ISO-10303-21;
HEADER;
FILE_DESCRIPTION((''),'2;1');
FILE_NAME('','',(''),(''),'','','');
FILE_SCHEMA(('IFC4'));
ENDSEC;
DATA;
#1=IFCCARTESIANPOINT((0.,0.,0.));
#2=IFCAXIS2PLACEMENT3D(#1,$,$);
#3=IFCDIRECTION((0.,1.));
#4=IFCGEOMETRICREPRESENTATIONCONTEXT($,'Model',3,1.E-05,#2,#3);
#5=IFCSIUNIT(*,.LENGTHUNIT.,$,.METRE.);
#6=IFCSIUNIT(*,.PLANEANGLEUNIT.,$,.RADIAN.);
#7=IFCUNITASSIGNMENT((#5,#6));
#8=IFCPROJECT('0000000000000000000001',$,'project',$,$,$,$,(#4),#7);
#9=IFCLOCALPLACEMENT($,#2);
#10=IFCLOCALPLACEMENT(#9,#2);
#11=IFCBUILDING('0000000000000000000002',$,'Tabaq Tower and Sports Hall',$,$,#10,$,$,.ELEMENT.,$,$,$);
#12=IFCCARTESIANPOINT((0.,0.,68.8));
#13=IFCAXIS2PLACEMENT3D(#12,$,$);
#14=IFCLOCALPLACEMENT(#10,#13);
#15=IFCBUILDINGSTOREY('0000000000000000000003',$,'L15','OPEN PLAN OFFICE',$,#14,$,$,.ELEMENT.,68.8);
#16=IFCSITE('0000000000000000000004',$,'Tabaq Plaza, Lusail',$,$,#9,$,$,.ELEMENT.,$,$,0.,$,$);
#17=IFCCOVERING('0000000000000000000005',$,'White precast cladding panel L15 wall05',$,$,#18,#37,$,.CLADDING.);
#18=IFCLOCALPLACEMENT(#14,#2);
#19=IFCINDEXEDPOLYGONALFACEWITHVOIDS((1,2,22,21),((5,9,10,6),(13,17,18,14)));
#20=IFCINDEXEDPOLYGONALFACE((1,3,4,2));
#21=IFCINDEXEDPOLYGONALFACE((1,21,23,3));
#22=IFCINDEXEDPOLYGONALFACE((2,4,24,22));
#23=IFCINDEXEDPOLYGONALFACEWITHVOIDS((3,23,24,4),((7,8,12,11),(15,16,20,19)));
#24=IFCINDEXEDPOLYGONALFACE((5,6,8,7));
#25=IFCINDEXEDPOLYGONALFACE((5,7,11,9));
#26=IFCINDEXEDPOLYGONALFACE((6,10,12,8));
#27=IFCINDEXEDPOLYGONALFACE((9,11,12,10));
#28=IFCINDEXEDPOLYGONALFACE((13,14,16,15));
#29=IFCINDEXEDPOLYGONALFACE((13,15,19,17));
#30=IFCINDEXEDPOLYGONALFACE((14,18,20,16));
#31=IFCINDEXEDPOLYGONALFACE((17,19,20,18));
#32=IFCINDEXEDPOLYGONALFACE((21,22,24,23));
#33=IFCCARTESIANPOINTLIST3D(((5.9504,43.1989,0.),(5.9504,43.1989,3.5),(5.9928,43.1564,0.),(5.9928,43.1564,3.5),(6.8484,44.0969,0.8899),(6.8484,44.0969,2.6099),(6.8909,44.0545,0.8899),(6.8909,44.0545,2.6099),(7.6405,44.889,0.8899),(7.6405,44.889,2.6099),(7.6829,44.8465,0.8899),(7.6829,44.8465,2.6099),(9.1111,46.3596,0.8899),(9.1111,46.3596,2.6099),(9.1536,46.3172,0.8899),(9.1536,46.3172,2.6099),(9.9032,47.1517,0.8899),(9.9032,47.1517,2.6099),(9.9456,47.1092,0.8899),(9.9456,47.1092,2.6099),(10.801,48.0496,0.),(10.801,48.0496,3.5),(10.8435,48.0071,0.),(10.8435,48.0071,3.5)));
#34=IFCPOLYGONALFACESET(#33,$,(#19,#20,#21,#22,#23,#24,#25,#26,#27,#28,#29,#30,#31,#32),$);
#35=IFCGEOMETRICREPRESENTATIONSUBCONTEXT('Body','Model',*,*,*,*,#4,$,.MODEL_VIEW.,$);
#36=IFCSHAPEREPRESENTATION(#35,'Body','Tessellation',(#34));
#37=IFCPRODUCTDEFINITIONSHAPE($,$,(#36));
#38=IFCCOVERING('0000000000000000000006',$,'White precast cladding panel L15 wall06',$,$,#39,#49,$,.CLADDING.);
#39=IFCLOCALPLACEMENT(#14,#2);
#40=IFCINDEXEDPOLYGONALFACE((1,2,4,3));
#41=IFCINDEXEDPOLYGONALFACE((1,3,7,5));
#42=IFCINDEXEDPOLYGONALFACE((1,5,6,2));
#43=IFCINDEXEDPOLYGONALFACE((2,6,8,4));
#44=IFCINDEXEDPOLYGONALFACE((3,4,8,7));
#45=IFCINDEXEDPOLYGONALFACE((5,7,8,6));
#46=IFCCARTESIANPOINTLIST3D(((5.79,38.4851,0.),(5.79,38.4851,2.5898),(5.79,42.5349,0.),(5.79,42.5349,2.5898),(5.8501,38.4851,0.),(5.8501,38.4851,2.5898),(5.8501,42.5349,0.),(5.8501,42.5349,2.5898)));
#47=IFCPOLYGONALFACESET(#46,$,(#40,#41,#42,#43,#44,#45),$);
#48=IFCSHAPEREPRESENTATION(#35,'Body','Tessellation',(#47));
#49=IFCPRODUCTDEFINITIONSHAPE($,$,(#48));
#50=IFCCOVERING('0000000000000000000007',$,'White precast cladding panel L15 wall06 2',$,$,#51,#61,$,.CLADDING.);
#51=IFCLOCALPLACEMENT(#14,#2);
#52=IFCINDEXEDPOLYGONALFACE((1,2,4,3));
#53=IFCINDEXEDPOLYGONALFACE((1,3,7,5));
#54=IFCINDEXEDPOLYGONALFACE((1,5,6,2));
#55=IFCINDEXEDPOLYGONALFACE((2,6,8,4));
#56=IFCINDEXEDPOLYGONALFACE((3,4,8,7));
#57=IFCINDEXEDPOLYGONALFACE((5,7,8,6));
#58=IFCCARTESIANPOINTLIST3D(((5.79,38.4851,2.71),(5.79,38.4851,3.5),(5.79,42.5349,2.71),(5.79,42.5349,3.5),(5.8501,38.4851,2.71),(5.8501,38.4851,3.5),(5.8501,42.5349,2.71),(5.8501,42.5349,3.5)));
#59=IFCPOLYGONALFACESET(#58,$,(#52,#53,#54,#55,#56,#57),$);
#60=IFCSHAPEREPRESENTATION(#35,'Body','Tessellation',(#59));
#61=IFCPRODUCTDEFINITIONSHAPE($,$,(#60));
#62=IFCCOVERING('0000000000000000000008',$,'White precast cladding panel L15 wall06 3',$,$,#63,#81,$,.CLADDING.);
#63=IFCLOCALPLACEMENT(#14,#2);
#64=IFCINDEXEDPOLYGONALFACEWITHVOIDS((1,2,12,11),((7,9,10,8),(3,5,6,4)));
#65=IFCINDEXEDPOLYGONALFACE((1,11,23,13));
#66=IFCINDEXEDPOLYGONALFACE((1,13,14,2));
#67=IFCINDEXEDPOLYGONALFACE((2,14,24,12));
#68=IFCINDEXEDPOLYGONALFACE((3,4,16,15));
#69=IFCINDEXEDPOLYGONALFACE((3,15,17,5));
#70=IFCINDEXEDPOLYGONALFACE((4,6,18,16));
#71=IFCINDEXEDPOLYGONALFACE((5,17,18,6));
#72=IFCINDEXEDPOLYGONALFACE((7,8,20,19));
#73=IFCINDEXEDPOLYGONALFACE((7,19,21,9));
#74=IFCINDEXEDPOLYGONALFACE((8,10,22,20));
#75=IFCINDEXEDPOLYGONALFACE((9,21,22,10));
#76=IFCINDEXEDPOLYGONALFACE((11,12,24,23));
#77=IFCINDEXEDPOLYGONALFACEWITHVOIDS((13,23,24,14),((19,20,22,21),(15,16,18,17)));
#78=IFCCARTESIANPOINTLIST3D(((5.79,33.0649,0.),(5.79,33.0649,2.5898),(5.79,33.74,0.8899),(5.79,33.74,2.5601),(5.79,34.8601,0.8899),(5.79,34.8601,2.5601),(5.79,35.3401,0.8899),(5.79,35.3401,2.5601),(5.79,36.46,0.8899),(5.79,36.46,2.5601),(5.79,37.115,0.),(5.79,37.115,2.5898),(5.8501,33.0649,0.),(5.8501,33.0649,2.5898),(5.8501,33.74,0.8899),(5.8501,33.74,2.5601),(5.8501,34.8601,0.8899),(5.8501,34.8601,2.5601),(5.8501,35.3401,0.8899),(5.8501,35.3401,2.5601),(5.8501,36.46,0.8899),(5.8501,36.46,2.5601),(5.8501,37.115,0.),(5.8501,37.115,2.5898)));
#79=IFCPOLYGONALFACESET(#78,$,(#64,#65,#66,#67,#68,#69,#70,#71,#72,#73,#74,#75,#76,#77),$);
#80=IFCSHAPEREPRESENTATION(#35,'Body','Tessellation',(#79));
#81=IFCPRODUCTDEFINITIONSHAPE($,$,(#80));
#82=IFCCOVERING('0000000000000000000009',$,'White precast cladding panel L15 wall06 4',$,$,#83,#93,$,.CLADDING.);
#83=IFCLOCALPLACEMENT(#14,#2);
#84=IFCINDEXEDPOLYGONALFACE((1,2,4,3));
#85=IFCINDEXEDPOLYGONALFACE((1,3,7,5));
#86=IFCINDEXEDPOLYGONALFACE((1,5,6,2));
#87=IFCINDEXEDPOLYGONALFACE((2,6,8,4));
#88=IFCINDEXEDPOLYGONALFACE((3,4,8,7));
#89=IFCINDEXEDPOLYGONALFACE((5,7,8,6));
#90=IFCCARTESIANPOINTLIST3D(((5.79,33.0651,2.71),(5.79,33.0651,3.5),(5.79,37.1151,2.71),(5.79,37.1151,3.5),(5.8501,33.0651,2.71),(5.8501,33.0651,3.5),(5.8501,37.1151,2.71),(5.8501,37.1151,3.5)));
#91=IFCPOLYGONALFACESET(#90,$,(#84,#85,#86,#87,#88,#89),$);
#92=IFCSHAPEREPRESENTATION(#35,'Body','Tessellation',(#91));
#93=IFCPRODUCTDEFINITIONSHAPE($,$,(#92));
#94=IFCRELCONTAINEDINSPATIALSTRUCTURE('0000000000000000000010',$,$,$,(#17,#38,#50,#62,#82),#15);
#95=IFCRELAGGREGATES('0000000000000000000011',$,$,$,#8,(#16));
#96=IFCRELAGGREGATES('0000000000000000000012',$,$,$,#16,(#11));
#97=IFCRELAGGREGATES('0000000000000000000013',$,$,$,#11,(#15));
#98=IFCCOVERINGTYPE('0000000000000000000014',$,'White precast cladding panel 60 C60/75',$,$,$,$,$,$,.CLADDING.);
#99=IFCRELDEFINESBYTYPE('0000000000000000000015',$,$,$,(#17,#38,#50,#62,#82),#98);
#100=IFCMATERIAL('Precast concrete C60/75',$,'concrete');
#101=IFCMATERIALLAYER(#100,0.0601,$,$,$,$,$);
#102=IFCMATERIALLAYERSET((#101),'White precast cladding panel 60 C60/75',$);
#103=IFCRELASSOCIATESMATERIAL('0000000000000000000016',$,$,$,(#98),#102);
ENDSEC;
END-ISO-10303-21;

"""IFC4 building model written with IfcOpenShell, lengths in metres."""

from ifc_helpers import new_model, si_unit, direction, frame, frame_2d, origin, place, context, subcontext, project, spatial, polyline, rectangle, outline, extrude, material, layer, layer_set, type_object, element, save


model = new_model("IFC4")

# Units and contexts
model_context = context("Model", 3, precision=1e-05, world=origin(), true_north=direction((0.0, 1.0)))
body_context = subcontext(model_context, "Body", "Model", "MODEL_VIEW")
ifc_project = project(units=[si_unit("LENGTHUNIT", "METRE"), si_unit("PLANEANGLEUNIT", "RADIAN")], contexts=[model_context])

# Site, building, storey
site_placement = place(None, origin())
site = spatial("IfcSite", under=ifc_project, at=site_placement, Name="Tabaq Plaza, Lusail", CompositionType="ELEMENT", RefElevation=0.0)
building_placement = place(site_placement, origin())
building = spatial("IfcBuilding", under=site, at=building_placement, Name="Tabaq Tower and Sports Hall", CompositionType="ELEMENT")
storey_placement = place(building_placement, frame((0.0, 0.0, 68.8)))
storey = spatial("IfcBuildingStorey", under=building, at=storey_placement, Name="L15", Description="OPEN PLAN OFFICE", CompositionType="ELEMENT", Elevation=68.8)

# Coverings
ifc_material_1 = material(Name="Precast concrete C60/75", Category="concrete")
ifc_layer_1 = layer(ifc_material_1, 0.0601)
ifc_layer_set_1 = layer_set([ifc_layer_1], Name="White precast cladding panel 60 C60/75")
covering_type_1 = type_object("IfcCoveringType", Name="White precast cladding panel 60 C60/75", PredefinedType="CLADDING", material=ifc_layer_set_1)
covering_1_placement = place(storey_placement, frame((10.8223, 48.0283, 0.0), z_axis=(0.0, 0.0, 1.0), x_axis=(-0.707107, -0.707107, 0.0)))
element("IfcCovering", 1, at=covering_1_placement, inside=storey, type_object=covering_type_1, Name="White precast cladding panel L15 wall05", PredefinedType="CLADDING", context=body_context, shape_type="SweptSolid", body=[
    extrude(outline(polyline([(0.0, 0.0), (6.8599, 0.0), (6.8599, 3.5), (0.0, 3.5), (0.0, 0.0)]), holes=[polyline([(1.2698, 2.6099), (2.3899, 2.6099), (2.3899, 0.8899), (1.2698, 0.8899), (1.2698, 2.6099)]), polyline([(4.4697, 2.6099), (5.5898, 2.6099), (5.5898, 0.8899), (4.4697, 0.8899), (4.4697, 2.6099)])]), frame((0.0, 0.03, 0.0), z_axis=(0.0, -1.0, 0.0), x_axis=(1.0, 0.0, 0.0)), (0.0, 0.0, 1.0), 0.0601),
])
covering_2_placement = place(storey_placement, frame((5.8201, 42.5349, 0.0), z_axis=(0.0, 0.0, 1.0), x_axis=(0.0, -1.0, 0.0)))
element("IfcCovering", 2, at=covering_2_placement, inside=storey, type_object=covering_type_1, Name="White precast cladding panel L15 wall06", PredefinedType="CLADDING", context=body_context, shape_type="SweptSolid", body=[
    extrude(rectangle(XDim=4.0498, YDim=0.0601, at=frame_2d((2.0249, 0.0))), origin(), (0.0, 0.0, 1.0), 2.5898),
])
covering_3_placement = place(storey_placement, frame((5.8201, 42.5349, 2.71), z_axis=(0.0, 0.0, 1.0), x_axis=(0.0, -1.0, 0.0)))
element("IfcCovering", 3, at=covering_3_placement, inside=storey, type_object=covering_type_1, Name="White precast cladding panel L15 wall06 2", PredefinedType="CLADDING", context=body_context, shape_type="SweptSolid", body=[
    extrude(rectangle(XDim=4.0498, YDim=0.0601, at=frame_2d((2.0249, 0.0))), origin(), (0.0, 0.0, 1.0), 0.79),
])
covering_4_placement = place(storey_placement, frame((5.8201, 37.115, 0.0), z_axis=(0.0, 0.0, 1.0), x_axis=(0.0, -1.0, 0.0)))
element("IfcCovering", 4, at=covering_4_placement, inside=storey, type_object=covering_type_1, Name="White precast cladding panel L15 wall06 3", PredefinedType="CLADDING", context=body_context, shape_type="SweptSolid", body=[
    extrude(outline(polyline([(0.0, 0.0), (4.05, 0.0), (4.05, 2.5898), (0.0, 2.5898), (0.0, 0.0)]), holes=[polyline([(0.655, 0.8899), (0.655, 2.5601), (1.7749, 2.5601), (1.7749, 0.8899), (0.655, 0.8899)]), polyline([(2.2549, 0.8899), (2.2549, 2.5601), (3.375, 2.5601), (3.375, 0.8899), (2.2549, 0.8899)])]), frame((0.0, 0.03, 0.0), z_axis=(0.0, -1.0, 0.0), x_axis=(1.0, 0.0, 0.0)), (0.0, 0.0, 1.0), 0.0601),
])
covering_5_placement = place(storey_placement, frame((5.8201, 37.115, 2.71), z_axis=(0.0, 0.0, 1.0), x_axis=(0.0, -1.0, 0.0)))
element("IfcCovering", 5, at=covering_5_placement, inside=storey, type_object=covering_type_1, Name="White precast cladding panel L15 wall06 4", PredefinedType="CLADDING", context=body_context, shape_type="SweptSolid", body=[
    extrude(rectangle(XDim=4.05, YDim=0.0601, at=frame_2d((2.0249, 0.0))), origin(), (0.0, 0.0, 1.0), 0.79),
])

save(model, "model.ifc")
